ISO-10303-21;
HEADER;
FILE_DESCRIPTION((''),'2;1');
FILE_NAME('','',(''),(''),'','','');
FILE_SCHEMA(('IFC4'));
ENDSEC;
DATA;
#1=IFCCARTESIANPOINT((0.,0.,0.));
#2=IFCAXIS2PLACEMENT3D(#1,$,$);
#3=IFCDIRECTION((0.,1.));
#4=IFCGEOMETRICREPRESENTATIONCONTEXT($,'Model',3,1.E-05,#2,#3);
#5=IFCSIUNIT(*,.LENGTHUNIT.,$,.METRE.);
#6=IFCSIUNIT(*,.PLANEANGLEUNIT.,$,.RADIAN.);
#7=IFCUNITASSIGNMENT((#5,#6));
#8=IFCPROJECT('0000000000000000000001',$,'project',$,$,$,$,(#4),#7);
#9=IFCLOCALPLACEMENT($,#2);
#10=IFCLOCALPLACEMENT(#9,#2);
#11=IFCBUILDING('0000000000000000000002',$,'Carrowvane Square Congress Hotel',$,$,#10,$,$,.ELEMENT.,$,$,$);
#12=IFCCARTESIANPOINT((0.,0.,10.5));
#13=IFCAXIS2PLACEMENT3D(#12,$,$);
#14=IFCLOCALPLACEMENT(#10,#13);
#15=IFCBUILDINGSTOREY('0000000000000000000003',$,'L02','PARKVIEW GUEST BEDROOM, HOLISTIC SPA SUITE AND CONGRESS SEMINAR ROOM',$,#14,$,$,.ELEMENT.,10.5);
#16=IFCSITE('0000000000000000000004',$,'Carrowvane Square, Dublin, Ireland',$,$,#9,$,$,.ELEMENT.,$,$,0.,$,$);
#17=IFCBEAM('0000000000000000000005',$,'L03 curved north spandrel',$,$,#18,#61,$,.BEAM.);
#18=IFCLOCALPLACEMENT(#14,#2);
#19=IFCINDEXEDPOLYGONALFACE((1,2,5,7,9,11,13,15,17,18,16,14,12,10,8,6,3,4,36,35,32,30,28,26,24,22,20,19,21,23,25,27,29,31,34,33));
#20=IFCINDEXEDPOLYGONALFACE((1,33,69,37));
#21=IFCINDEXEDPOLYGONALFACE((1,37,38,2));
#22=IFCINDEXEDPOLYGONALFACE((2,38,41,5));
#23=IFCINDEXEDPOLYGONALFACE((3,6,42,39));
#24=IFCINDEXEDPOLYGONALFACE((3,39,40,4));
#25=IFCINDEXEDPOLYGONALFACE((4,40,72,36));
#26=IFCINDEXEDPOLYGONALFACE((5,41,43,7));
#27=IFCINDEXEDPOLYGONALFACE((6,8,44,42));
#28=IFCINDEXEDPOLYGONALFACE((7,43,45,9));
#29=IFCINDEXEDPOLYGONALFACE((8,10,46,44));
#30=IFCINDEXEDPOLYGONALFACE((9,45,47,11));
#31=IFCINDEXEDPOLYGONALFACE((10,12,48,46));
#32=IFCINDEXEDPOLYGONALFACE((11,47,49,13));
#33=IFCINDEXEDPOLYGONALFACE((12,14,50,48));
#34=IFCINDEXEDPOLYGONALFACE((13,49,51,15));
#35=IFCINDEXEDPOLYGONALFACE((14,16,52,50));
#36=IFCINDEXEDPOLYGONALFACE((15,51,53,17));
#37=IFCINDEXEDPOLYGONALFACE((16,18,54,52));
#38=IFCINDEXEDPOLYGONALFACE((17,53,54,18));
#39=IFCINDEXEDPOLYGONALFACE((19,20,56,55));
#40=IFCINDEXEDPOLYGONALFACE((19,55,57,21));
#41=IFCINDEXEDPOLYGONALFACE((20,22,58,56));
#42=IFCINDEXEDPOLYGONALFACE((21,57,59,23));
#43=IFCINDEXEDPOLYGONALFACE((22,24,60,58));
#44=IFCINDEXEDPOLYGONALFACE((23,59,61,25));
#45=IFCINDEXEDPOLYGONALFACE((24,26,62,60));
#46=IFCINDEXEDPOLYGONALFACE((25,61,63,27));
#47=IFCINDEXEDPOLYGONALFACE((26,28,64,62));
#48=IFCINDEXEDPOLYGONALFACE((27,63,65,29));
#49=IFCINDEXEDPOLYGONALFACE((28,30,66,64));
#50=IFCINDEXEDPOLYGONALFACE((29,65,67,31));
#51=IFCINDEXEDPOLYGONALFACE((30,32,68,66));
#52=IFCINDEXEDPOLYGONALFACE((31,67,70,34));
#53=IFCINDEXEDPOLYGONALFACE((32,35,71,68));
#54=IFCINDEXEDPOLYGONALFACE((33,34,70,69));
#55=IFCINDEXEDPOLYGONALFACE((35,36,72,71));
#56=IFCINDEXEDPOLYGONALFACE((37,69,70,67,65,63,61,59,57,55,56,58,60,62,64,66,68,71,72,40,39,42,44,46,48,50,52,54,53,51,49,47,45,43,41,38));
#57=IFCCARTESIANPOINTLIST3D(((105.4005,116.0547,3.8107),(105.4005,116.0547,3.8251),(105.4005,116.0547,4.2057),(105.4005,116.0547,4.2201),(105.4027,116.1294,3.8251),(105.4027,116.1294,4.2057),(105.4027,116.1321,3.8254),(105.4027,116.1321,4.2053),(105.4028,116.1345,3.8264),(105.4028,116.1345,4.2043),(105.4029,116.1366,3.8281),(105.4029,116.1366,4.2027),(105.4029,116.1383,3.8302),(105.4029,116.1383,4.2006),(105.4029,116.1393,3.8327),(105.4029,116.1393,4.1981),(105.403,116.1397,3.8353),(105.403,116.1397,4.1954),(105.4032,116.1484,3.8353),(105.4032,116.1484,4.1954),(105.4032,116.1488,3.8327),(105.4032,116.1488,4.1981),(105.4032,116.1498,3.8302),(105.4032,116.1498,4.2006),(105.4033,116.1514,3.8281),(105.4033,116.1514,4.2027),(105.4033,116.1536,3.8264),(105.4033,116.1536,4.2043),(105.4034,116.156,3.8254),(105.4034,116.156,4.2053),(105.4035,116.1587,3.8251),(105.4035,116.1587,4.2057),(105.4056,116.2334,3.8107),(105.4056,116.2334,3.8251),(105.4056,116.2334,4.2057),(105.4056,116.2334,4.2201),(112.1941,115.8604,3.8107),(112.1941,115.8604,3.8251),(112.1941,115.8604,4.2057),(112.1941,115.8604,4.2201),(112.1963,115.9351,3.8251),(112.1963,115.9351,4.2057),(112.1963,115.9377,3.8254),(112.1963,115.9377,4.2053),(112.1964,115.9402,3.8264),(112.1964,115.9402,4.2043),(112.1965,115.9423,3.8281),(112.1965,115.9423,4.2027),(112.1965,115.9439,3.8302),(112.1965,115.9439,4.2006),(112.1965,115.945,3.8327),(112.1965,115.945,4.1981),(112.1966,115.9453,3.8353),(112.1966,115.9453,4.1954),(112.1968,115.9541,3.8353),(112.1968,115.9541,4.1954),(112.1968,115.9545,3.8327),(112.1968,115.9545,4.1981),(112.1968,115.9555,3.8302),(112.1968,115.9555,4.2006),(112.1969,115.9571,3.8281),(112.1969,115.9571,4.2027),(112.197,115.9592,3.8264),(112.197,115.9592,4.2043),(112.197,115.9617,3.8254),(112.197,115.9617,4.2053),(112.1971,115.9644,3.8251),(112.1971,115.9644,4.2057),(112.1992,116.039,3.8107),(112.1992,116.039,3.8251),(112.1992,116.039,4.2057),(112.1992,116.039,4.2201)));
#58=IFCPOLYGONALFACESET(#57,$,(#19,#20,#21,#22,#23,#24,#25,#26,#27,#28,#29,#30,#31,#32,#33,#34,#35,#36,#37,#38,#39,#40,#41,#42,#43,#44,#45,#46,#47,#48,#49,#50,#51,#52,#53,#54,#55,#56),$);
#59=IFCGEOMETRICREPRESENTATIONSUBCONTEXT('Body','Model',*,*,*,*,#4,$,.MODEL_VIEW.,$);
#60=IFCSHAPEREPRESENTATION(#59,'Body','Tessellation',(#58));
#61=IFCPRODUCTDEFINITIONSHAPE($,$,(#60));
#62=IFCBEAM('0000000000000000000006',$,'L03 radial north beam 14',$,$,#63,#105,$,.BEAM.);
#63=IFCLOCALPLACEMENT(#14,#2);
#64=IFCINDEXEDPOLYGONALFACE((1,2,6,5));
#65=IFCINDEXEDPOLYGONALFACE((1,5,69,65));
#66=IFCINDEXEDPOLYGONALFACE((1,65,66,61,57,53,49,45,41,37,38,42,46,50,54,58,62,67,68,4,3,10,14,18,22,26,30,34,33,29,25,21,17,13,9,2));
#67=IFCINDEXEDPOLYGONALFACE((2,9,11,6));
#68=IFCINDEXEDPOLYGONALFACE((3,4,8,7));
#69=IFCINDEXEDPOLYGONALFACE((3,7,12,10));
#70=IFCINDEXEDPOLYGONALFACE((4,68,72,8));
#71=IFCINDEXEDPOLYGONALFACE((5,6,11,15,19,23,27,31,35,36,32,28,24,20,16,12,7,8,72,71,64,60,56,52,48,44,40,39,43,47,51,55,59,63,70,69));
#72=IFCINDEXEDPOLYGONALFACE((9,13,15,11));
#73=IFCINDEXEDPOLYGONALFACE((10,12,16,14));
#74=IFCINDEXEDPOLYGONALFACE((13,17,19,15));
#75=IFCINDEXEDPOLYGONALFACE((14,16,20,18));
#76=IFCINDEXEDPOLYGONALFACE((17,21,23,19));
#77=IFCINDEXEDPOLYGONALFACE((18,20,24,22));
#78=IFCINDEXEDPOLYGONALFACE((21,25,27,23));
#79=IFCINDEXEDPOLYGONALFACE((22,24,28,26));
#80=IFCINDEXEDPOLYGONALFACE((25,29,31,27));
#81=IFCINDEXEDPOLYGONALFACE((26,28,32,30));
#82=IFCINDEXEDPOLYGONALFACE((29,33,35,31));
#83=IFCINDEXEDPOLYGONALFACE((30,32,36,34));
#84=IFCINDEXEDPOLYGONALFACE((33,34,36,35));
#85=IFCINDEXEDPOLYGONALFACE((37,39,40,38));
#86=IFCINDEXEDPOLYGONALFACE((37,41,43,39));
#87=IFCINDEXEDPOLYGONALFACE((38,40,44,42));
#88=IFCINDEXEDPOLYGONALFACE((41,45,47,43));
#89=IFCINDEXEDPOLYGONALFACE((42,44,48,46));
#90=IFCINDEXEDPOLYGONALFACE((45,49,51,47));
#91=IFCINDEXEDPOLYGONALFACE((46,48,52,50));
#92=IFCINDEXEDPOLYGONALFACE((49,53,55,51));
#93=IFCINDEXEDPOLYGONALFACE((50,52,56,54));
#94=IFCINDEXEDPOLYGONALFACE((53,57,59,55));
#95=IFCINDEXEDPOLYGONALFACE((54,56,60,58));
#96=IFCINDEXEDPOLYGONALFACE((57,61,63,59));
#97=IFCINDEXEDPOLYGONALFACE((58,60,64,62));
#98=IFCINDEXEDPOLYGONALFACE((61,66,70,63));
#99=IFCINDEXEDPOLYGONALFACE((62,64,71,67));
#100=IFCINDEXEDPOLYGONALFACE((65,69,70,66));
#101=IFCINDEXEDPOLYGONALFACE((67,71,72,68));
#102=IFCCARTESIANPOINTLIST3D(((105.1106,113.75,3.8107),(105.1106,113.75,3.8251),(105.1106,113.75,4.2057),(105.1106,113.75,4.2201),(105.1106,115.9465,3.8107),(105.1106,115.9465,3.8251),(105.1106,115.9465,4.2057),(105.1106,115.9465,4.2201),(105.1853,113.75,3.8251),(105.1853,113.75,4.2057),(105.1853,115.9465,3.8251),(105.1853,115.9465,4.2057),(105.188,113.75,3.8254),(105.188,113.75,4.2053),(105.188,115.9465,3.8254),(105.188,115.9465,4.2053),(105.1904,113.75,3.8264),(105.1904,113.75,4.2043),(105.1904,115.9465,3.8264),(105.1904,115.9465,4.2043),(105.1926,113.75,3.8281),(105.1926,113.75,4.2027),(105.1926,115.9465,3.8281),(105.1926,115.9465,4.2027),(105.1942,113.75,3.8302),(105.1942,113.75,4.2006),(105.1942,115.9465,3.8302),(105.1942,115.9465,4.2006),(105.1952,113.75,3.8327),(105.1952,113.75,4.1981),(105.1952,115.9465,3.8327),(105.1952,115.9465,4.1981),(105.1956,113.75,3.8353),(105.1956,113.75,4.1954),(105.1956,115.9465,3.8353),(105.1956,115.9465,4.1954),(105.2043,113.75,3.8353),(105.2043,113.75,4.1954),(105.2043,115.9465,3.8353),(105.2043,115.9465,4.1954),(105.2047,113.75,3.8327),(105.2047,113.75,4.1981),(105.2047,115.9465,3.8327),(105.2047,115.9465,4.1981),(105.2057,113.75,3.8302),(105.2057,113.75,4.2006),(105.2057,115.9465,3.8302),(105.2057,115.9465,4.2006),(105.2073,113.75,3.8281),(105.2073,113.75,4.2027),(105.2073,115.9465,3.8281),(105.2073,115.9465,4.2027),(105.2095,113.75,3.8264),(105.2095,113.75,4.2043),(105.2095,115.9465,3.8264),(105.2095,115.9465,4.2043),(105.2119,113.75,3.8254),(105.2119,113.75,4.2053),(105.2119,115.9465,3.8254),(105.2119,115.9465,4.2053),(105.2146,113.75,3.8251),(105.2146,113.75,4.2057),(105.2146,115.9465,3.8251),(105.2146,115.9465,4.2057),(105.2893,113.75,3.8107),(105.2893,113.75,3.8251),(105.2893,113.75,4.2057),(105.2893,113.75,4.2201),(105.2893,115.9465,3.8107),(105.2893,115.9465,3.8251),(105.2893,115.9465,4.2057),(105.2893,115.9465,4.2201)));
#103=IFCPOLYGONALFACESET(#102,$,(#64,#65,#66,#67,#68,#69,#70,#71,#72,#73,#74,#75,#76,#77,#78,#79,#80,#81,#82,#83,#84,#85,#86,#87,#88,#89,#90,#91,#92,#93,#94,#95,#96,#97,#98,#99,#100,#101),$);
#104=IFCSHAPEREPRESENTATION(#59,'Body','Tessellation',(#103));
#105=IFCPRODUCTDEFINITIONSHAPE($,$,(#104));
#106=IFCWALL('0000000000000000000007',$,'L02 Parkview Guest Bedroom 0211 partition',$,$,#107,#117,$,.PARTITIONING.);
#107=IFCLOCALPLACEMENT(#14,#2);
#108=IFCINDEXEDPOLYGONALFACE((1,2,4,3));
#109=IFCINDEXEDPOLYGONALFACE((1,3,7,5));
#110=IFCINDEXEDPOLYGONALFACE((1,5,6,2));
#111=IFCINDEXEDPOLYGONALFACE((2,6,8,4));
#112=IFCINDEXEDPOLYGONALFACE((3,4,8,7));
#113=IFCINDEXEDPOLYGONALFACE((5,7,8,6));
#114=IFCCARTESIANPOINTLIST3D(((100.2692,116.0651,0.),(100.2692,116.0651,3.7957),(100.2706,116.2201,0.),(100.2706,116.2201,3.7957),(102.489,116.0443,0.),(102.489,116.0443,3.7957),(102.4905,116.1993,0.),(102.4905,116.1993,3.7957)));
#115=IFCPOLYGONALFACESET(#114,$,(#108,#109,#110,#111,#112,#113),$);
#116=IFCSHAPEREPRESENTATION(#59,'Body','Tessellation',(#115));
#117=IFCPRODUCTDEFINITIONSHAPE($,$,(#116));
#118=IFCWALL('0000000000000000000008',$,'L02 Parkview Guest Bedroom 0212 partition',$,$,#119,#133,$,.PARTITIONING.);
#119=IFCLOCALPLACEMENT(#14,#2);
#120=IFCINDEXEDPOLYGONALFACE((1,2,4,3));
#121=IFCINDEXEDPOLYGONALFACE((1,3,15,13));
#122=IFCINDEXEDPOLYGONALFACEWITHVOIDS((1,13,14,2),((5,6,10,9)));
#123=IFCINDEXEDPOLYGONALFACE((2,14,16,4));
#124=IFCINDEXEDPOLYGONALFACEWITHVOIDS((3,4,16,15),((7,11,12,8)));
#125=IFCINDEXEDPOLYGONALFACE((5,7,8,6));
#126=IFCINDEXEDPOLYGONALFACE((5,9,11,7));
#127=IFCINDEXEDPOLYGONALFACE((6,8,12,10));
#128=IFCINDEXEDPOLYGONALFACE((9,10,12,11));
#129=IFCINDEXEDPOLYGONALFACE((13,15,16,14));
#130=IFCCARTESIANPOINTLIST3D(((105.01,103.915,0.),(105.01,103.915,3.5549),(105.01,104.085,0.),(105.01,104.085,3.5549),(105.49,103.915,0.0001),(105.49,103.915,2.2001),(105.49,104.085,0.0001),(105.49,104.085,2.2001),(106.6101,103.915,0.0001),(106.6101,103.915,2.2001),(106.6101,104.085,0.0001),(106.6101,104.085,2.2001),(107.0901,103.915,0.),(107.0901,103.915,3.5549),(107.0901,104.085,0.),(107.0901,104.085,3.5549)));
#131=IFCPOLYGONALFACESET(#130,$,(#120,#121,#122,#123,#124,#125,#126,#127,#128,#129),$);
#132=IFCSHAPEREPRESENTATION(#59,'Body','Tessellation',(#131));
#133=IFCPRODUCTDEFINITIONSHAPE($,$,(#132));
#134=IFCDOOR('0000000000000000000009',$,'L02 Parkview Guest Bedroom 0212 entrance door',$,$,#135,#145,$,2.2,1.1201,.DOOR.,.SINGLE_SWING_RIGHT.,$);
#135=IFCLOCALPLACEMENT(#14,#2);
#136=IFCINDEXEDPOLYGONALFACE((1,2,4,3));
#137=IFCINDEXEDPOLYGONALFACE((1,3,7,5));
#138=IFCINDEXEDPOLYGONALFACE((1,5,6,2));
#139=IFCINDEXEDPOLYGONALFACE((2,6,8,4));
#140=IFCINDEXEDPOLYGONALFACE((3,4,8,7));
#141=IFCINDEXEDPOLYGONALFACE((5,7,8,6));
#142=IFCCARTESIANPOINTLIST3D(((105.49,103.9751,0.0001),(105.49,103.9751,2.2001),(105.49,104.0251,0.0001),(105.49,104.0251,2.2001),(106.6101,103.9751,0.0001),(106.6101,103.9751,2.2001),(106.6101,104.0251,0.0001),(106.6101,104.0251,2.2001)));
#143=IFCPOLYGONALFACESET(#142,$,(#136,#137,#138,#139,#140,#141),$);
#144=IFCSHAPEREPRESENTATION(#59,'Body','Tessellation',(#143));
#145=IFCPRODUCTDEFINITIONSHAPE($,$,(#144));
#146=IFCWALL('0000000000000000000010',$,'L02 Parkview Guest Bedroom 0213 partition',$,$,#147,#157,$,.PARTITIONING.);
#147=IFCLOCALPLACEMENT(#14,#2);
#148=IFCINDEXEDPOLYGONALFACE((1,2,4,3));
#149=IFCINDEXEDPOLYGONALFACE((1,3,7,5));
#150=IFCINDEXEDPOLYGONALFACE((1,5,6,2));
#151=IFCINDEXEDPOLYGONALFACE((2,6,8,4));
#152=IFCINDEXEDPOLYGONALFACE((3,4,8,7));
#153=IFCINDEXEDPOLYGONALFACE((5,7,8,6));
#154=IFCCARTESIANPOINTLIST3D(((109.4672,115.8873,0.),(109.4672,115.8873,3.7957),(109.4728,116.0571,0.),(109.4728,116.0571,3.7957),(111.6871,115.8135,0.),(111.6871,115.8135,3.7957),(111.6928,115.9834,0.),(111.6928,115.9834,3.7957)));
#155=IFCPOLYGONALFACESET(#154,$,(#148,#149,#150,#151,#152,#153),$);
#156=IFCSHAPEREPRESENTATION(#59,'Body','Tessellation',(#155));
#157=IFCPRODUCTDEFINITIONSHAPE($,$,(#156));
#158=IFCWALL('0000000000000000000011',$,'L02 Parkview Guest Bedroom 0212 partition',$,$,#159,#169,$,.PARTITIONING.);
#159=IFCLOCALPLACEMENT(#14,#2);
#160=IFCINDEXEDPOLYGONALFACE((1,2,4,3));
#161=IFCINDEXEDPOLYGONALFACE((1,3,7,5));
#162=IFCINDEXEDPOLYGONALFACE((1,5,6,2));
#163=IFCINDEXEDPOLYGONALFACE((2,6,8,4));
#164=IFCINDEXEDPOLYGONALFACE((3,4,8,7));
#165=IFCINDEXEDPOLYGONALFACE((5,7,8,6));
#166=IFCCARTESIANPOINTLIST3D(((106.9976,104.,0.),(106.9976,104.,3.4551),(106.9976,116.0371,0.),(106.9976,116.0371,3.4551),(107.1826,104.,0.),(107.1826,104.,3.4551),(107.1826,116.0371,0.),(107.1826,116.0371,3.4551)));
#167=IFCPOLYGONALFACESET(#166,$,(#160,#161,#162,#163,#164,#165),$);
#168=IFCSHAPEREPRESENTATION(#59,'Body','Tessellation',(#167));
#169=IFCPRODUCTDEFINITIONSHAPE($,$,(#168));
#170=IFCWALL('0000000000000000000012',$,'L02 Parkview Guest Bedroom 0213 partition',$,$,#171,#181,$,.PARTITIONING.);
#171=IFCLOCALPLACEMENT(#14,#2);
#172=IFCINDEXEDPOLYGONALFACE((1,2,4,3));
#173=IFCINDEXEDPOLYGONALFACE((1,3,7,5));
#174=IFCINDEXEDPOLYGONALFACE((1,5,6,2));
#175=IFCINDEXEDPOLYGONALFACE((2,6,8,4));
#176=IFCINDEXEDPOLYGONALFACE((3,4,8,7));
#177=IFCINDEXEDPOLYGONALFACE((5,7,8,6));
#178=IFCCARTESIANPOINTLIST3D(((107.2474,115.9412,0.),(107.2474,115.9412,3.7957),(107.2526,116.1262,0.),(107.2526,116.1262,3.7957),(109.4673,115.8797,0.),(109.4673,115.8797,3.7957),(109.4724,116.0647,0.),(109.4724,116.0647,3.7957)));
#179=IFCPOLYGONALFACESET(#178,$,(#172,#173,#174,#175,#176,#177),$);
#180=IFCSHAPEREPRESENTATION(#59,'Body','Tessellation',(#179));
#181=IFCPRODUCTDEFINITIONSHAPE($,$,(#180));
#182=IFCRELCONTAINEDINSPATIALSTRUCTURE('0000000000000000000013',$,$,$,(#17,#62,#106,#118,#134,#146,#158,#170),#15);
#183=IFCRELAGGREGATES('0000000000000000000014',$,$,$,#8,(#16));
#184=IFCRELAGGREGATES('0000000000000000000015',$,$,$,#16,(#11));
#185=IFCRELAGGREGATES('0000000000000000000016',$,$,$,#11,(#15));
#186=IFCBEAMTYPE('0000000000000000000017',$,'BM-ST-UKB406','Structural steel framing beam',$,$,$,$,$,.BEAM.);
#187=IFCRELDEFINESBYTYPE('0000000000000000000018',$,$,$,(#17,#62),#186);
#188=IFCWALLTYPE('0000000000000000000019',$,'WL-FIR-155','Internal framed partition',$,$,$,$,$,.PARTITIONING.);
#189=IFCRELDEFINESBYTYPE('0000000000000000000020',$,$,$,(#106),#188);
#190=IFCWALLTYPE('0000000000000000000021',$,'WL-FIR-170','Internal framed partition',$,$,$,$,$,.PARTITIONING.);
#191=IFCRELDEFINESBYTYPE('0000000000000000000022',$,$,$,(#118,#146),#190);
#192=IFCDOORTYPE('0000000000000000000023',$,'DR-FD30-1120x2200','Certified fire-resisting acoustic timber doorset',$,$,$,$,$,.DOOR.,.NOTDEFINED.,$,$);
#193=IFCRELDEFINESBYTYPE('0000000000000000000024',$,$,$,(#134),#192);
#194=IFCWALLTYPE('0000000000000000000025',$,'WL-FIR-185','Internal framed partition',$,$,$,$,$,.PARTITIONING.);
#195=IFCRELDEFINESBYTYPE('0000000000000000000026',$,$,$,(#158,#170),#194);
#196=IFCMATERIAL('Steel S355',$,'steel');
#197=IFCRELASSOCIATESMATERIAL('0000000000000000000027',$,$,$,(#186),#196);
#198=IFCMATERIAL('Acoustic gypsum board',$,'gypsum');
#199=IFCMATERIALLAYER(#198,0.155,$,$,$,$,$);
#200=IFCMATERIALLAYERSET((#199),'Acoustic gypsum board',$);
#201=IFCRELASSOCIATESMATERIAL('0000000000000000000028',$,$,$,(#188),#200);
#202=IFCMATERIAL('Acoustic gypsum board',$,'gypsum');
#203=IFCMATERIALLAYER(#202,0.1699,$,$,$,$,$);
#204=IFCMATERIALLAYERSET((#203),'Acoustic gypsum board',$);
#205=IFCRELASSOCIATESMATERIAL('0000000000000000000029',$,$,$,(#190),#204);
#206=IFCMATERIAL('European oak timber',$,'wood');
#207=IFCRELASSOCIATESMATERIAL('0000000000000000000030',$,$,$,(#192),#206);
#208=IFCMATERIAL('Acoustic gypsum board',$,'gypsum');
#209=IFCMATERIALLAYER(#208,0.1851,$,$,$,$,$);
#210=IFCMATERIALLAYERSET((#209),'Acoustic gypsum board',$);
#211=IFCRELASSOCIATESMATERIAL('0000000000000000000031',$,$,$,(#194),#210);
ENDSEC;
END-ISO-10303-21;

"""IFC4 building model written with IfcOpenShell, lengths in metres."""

from ifc_helpers import new_model, si_unit, direction, frame, frame_2d, origin, origin_2d, place, context, subcontext, project, spatial, rectangle, i_section, extrude, material, layer, layer_set, material_profile, profile_set, type_object, element, fill, save


model = new_model("IFC4")

# Units and contexts
model_context = context("Model", 3, precision=1e-05, world=origin(), true_north=direction((0.0, 1.0)))
body_context = subcontext(model_context, "Body", "Model", "MODEL_VIEW")
ifc_project = project(units=[si_unit("LENGTHUNIT", "METRE"), si_unit("PLANEANGLEUNIT", "RADIAN")], contexts=[model_context])

# Site, building, storey
site_placement = place(None, origin())
site = spatial("IfcSite", under=ifc_project, at=site_placement, Name="Carrowvane Square, Dublin, Ireland", CompositionType="ELEMENT", RefElevation=0.0)
building_placement = place(site_placement, origin())
building = spatial("IfcBuilding", under=site, at=building_placement, Name="Carrowvane Square Congress Hotel", CompositionType="ELEMENT")
storey_placement = place(building_placement, frame((0.0, 0.0, 10.5)))
storey = spatial("IfcBuildingStorey", under=building, at=storey_placement, Name="L02", Description="PARKVIEW GUEST BEDROOM, HOLISTIC SPA SUITE AND CONGRESS SEMINAR ROOM", CompositionType="ELEMENT", Elevation=10.5)

# Beams
ifc_material_1 = material(Name="Steel S355", Category="steel")
ifc_material_profile_1 = material_profile(ifc_material_1, i_section(OverallWidth=0.1787, OverallDepth=0.4094, WebThickness=0.0088, FlangeThickness=0.0144, FilletRadius=0.0103, at=origin_2d()), Name="UKB 406x178x67")
ifc_profile_set_1 = profile_set([ifc_material_profile_1], Name="Steel S355")
beam_type_1 = type_object("IfcBeamType", Name="BM-ST-UKB406", Description="Structural steel framing beam", PredefinedType="BEAM", material=ifc_profile_set_1)
beam_1_placement = place(storey_placement, frame((105.4031, 116.144, 4.0154), z_axis=(0.999591, -0.028594, 0.0), x_axis=(0.028594, 0.999591, 0.0)))
element("IfcBeam", 1, at=beam_1_placement, inside=storey, type_object=beam_type_1, Name="L03 curved north spandrel", PredefinedType="BEAM", context=body_context, shape_type="SweptSolid", body=[
    extrude(i_section(OverallWidth=0.1787, OverallDepth=0.4094, WebThickness=0.0088, FlangeThickness=0.0144, FilletRadius=0.0103, at=origin_2d()), origin(), (0.0, 0.0, 1.0), 6.7964),
])
beam_2_placement = place(storey_placement, frame((105.2, 113.75, 4.0154), z_axis=(0.0, 1.0, 0.0), x_axis=(-1.0, 0.0, 0.0)))
element("IfcBeam", 2, at=beam_2_placement, inside=storey, type_object=beam_type_1, Name="L03 radial north beam 14", PredefinedType="BEAM", context=body_context, shape_type="SweptSolid", body=[
    extrude(i_section(OverallWidth=0.1787, OverallDepth=0.4094, WebThickness=0.0088, FlangeThickness=0.0144, FilletRadius=0.0103, at=origin_2d()), origin(), (0.0, 0.0, 1.0), 2.1965),
])

# Wall
ifc_material_2 = material(Name="Acoustic gypsum board", Category="gypsum")
ifc_layer_1 = layer(ifc_material_2, 0.155)
ifc_layer_set_1 = layer_set([ifc_layer_1], Name="Acoustic gypsum board")
wall_type_1 = type_object("IfcWallType", Name="WL-FIR-155", Description="Internal framed partition", PredefinedType="PARTITIONING", material=ifc_layer_set_1)
wall_1_placement = place(storey_placement, frame((100.27, 116.1426, 0.0), z_axis=(0.0, 0.0, 1.0), x_axis=(0.999956, -0.009347, 0.0)))
element("IfcWall", 3, at=wall_1_placement, inside=storey, type_object=wall_type_1, Name="L02 Parkview Guest Bedroom 0211 partition", PredefinedType="PARTITIONING", context=body_context, shape_type="SweptSolid", body=[
    extrude(rectangle(XDim=2.22, YDim=0.155, at=frame_2d((1.1099, 0.0))), origin(), (0.0, 0.0, 1.0), 3.7957),
])

# Wall, opening, door
ifc_material_3 = material(Name="Acoustic gypsum board", Category="gypsum")
ifc_layer_2 = layer(ifc_material_3, 0.1699)
ifc_layer_set_2 = layer_set([ifc_layer_2], Name="Acoustic gypsum board")
wall_type_2 = type_object("IfcWallType", Name="WL-FIR-170", Description="Internal framed partition", PredefinedType="PARTITIONING", material=ifc_layer_set_2)
wall_2_placement = place(storey_placement, frame((107.0901, 104.0, 0.0), z_axis=(0.0, 0.0, 1.0), x_axis=(-1.0, 0.0, 0.0)))
wall_2 = element("IfcWall", 4, at=wall_2_placement, inside=storey, type_object=wall_type_2, Name="L02 Parkview Guest Bedroom 0212 partition", PredefinedType="PARTITIONING", context=body_context, shape_type="SweptSolid", body=[
    extrude(rectangle(XDim=2.0801, YDim=0.1699, at=frame_2d((1.04, 0.0))), origin(), (0.0, 0.0, 1.0), 3.5549),
])
opening_1_placement = place(wall_2_placement, frame((0.48, 0.0, 0.0)))
opening_1 = element("IfcOpeningElement", 5, at=opening_1_placement, cuts=wall_2, PredefinedType="OPENING", context=body_context, shape_type="SweptSolid", body=[
    extrude(rectangle(XDim=1.1201, YDim=2.2, at=frame_2d((0.5601, 1.1001))), frame((0.0, 0.095, 0.0), z_axis=(0.0, -1.0, 0.0), x_axis=(1.0, 0.0, 0.0)), (0.0, 0.0, 1.0), 0.1899),
])
ifc_material_4 = material(Name="European oak timber", Category="wood")
door_type_1 = type_object("IfcDoorType", Name="DR-FD30-1120x2200", Description="Certified fire-resisting acoustic timber doorset", OperationType="NOTDEFINED", PredefinedType="DOOR", material=ifc_material_4)
door_1_placement = place(opening_1_placement, origin())
door_1 = element("IfcDoor", 6, at=door_1_placement, inside=storey, type_object=door_type_1, Name="L02 Parkview Guest Bedroom 0212 entrance door", OperationType="SINGLE_SWING_RIGHT", OverallHeight=2.2, OverallWidth=1.1201, PredefinedType="DOOR", context=body_context, shape_type="SweptSolid", body=[
    extrude(rectangle(XDim=1.1201, YDim=2.2, at=frame_2d((0.5601, 1.1001))), frame((0.0, 0.0249, 0.0), z_axis=(0.0, -1.0, 0.0), x_axis=(1.0, 0.0, 0.0)), (0.0, 0.0, 1.0), 0.05),
])
fill(opening_1, door_1)

# Walls
wall_3_placement = place(storey_placement, frame((109.47, 115.9722, 0.0), z_axis=(0.0, 0.0, 1.0), x_axis=(0.999449, -0.033194, 0.0)))
element("IfcWall", 7, at=wall_3_placement, inside=storey, type_object=wall_type_2, Name="L02 Parkview Guest Bedroom 0213 partition", PredefinedType="PARTITIONING", context=body_context, shape_type="SweptSolid", body=[
    extrude(rectangle(XDim=2.2212, YDim=0.1699, at=frame_2d((1.1106, 0.0))), origin(), (0.0, 0.0, 1.0), 3.7957),
])
ifc_material_5 = material(Name="Acoustic gypsum board", Category="gypsum")
ifc_layer_3 = layer(ifc_material_5, 0.1851)
ifc_layer_set_3 = layer_set([ifc_layer_3], Name="Acoustic gypsum board")
wall_type_3 = type_object("IfcWallType", Name="WL-FIR-185", Description="Internal framed partition", PredefinedType="PARTITIONING", material=ifc_layer_set_3)
wall_4_placement = place(storey_placement, frame((107.0901, 116.0371, 0.0), z_axis=(0.0, 0.0, 1.0), x_axis=(0.0, -1.0, 0.0)))
element("IfcWall", 8, at=wall_4_placement, inside=storey, type_object=wall_type_3, Name="L02 Parkview Guest Bedroom 0212 partition", PredefinedType="PARTITIONING", context=body_context, shape_type="SweptSolid", body=[
    extrude(rectangle(XDim=12.0371, YDim=0.1851, at=frame_2d((6.0186, 0.0))), origin(), (0.0, 0.0, 1.0), 3.4551),
])
wall_5_placement = place(storey_placement, frame((107.25, 116.0337, 0.0), z_axis=(0.0, 0.0, 1.0), x_axis=(0.999616, -0.027703, 0.0)))
element("IfcWall", 9, at=wall_5_placement, inside=storey, type_object=wall_type_3, Name="L02 Parkview Guest Bedroom 0213 partition", PredefinedType="PARTITIONING", context=body_context, shape_type="SweptSolid", body=[
    extrude(rectangle(XDim=2.2207, YDim=0.1851, at=frame_2d((1.1104, 0.0))), origin(), (0.0, 0.0, 1.0), 3.7957),
])

save(model, "model.ifc")
